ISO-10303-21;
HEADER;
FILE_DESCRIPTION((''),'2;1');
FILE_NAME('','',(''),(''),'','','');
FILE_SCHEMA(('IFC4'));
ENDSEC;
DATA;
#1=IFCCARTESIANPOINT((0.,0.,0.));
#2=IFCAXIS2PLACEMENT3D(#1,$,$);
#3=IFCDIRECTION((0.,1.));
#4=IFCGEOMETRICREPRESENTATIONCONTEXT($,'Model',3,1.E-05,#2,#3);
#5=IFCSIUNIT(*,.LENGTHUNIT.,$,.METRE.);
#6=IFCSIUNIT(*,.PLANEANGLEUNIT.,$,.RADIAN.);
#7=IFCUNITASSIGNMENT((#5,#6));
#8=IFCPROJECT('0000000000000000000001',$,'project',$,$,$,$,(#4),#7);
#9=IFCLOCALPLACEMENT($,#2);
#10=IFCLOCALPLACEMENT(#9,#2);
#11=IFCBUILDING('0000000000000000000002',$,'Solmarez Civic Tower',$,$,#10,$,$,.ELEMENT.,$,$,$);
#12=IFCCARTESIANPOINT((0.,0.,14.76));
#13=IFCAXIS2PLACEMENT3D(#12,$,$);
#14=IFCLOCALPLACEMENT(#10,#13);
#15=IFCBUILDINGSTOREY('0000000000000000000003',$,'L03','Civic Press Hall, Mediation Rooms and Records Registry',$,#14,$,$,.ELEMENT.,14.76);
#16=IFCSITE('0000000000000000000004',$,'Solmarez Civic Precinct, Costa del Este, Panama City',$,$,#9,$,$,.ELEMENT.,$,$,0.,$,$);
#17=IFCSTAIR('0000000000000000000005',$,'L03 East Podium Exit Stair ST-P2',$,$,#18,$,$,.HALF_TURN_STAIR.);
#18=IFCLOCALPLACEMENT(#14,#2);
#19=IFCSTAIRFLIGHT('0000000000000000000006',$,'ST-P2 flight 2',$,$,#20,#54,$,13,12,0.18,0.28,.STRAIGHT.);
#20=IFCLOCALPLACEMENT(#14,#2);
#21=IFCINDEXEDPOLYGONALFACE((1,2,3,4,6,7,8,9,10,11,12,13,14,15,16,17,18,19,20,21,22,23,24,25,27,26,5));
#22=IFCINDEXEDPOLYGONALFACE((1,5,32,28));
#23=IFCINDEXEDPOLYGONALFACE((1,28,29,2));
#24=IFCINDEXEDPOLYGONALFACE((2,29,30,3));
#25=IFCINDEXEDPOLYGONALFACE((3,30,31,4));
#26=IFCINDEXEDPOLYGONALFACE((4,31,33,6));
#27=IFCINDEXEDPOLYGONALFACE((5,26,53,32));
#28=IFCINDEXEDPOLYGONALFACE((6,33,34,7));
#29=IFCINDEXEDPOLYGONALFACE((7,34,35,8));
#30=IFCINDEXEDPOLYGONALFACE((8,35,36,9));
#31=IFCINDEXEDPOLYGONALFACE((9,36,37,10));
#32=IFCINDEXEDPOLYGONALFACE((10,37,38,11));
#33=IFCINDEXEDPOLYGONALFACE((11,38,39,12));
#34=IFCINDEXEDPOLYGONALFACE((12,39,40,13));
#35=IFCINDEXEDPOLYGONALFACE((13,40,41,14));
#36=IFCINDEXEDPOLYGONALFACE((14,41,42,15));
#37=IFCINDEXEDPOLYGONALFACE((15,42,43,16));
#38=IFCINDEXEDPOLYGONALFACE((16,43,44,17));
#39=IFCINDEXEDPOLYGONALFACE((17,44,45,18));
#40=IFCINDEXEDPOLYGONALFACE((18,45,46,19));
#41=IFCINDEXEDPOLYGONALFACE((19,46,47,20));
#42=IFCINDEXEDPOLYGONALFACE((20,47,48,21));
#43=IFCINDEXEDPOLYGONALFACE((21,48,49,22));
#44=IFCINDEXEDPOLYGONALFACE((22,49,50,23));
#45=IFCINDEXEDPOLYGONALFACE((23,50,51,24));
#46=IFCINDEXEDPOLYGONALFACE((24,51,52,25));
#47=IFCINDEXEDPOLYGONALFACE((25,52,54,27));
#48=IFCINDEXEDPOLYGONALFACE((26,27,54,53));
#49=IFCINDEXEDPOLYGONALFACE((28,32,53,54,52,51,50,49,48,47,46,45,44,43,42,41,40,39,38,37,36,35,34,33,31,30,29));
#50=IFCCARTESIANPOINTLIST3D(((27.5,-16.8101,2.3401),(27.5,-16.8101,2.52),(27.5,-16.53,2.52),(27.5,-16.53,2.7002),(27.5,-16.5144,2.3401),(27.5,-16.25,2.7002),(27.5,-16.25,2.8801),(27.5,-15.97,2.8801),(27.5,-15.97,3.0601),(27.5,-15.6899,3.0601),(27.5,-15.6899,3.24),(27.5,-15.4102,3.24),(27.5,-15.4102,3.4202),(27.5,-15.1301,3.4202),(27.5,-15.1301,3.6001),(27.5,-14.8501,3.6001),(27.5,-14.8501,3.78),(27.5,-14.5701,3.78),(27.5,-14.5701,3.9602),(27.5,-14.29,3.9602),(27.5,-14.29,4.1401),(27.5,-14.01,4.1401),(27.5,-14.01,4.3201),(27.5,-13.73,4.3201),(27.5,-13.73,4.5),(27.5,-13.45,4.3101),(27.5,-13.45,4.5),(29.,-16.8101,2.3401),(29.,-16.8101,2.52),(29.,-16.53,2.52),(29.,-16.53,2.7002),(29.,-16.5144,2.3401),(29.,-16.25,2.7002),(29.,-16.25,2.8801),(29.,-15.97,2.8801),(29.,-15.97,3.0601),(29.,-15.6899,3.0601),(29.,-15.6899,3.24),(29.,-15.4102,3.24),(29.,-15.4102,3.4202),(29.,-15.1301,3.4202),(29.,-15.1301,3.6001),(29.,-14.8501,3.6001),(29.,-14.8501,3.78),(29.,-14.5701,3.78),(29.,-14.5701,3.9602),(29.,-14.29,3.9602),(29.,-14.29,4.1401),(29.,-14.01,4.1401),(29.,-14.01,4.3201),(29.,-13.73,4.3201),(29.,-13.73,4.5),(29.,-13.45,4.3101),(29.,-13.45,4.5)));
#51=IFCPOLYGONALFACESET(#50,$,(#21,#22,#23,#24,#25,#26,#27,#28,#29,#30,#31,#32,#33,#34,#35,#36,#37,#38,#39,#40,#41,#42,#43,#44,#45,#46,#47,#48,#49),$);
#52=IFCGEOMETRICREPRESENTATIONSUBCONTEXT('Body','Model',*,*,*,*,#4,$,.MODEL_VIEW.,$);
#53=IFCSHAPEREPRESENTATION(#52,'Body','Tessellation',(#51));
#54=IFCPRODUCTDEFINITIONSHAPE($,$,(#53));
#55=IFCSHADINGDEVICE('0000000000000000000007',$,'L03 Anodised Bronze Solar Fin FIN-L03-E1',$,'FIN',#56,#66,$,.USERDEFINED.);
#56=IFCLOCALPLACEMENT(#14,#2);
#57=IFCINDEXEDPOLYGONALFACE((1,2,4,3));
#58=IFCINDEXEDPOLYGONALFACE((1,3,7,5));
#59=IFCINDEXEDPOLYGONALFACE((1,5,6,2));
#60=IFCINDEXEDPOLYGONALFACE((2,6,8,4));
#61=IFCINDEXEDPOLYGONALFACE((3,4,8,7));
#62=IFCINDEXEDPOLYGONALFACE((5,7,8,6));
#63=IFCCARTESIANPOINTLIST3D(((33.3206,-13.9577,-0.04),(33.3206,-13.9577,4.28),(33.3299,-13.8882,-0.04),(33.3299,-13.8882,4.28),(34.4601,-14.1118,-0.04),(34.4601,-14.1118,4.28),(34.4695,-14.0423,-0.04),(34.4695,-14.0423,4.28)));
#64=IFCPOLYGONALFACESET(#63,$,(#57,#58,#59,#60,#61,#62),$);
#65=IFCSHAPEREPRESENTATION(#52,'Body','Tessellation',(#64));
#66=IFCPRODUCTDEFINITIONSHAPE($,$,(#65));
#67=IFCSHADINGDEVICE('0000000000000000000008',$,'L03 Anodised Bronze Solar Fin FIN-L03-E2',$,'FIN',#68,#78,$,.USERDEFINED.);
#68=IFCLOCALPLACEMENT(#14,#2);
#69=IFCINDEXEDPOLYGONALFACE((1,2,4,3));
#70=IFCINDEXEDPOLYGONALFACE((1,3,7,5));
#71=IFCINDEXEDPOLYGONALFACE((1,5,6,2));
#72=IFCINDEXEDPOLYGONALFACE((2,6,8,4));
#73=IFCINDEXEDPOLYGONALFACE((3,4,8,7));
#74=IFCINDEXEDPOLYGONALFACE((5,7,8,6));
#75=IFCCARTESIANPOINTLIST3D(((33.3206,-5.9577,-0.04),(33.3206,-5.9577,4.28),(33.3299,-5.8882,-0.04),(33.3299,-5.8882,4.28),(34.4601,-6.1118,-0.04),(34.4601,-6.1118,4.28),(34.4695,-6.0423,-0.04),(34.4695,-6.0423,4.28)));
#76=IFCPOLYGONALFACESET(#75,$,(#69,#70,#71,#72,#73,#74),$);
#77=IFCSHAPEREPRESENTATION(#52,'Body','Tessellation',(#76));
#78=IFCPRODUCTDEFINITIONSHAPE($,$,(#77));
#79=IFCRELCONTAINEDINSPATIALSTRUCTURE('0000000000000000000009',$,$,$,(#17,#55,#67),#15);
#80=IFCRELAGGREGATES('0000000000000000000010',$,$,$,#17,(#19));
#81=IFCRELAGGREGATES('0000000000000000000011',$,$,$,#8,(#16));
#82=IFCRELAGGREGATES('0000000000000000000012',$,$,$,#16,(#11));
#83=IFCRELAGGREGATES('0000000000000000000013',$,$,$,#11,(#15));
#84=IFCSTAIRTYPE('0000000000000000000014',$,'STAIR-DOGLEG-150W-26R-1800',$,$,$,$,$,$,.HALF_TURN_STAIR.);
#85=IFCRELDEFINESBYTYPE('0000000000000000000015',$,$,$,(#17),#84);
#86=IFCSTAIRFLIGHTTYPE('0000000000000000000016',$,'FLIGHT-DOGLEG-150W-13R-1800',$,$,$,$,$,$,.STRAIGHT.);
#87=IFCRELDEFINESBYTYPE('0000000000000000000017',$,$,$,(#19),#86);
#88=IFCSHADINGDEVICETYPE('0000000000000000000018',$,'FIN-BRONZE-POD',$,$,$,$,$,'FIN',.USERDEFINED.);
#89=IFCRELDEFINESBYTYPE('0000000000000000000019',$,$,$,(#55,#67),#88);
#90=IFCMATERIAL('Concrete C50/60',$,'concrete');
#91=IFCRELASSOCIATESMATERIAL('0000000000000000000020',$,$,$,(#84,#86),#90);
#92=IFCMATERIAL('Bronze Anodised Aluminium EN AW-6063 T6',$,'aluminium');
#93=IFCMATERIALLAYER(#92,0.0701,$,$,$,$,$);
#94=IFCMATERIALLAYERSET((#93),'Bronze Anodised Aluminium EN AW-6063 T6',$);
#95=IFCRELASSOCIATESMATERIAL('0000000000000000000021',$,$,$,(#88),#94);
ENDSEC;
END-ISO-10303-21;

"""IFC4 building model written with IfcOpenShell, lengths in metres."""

from ifc_helpers import new_model, si_unit, direction, frame, origin, origin_2d, place, context, subcontext, project, spatial, polyline, rectangle, outline, extrude, material, layer, layer_set, type_object, element, aggregate, save


model = new_model("IFC4")

# Units and contexts
model_context = context("Model", 3, precision=1e-05, world=origin(), true_north=direction((0.0, 1.0)))
body_context = subcontext(model_context, "Body", "Model", "MODEL_VIEW")
ifc_project = project(units=[si_unit("LENGTHUNIT", "METRE"), si_unit("PLANEANGLEUNIT", "RADIAN")], contexts=[model_context])

# Site, building, storey
site_placement = place(None, origin())
site = spatial("IfcSite", under=ifc_project, at=site_placement, Name="Solmarez Civic Precinct, Costa del Este, Panama City", CompositionType="ELEMENT", RefElevation=0.0)
building_placement = place(site_placement, origin())
building = spatial("IfcBuilding", under=site, at=building_placement, Name="Solmarez Civic Tower", CompositionType="ELEMENT")
storey_placement = place(building_placement, frame((0.0, 0.0, 14.76)))
storey = spatial("IfcBuildingStorey", under=building, at=storey_placement, Name="L03", Description="Civic Press Hall, Mediation Rooms and Records Registry", CompositionType="ELEMENT", Elevation=14.76)

# Shared definitions
ifc_material_1 = material(Name="Concrete C50/60", Category="concrete")

# Stair, stair flight
stair_type = type_object("IfcStairType", Name="STAIR-DOGLEG-150W-26R-1800", PredefinedType="HALF_TURN_STAIR", material=ifc_material_1)
stair_placement = place(storey_placement, origin())
stair = element("IfcStair", 1, at=stair_placement, inside=storey, type_object=stair_type, Name="L03 East Podium Exit Stair ST-P2", PredefinedType="HALF_TURN_STAIR")
stair_flight_type = type_object("IfcStairFlightType", Name="FLIGHT-DOGLEG-150W-13R-1800", PredefinedType="STRAIGHT", material=ifc_material_1)
stair_flight_placement = place(storey_placement, frame((28.25, -16.8101, 2.3401), z_axis=(0.0, 0.0, 1.0), x_axis=(0.0, 1.0, 0.0)))
stair_flight = element("IfcStairFlight", 2, at=stair_flight_placement, type_object=stair_flight_type, Name="ST-P2 flight 2", NumberOfRisers=13, NumberOfTreads=12, PredefinedType="STRAIGHT", RiserHeight=0.18, TreadLength=0.28, context=body_context, shape_type="SweptSolid", body=[
    extrude(outline(polyline([(0.0, 0.0), (0.0, 0.1799), (0.28, 0.1799), (0.28, 0.3601), (0.5601, 0.3601), (0.5601, 0.54), (0.8401, 0.54), (0.8401, 0.72), (1.1201, 0.72), (1.1201, 0.8999), (1.3999, 0.8999), (1.3999, 1.0801), (1.6799, 1.0801), (1.6799, 1.26), (1.96, 1.26), (1.96, 1.4399), (2.24, 1.4399), (2.24, 1.6201), (2.52, 1.6201), (2.52, 1.8), (2.8, 1.8), (2.8, 1.98), (3.0801, 1.98), (3.0801, 2.1599), (3.3601, 2.1599), (3.3601, 2.3401), (3.3601, 1.97), (0.2957, 0.0), (0.0, 0.0)])), frame((0.0, 0.75, 0.0), z_axis=(0.0, -1.0, 0.0), x_axis=(1.0, 0.0, 0.0)), (0.0, 0.0, 1.0), 1.5),
])
aggregate(stair, [stair_flight])

# Shading devices
ifc_material_2 = material(Name="Bronze Anodised Aluminium EN AW-6063 T6", Category="aluminium")
ifc_layer_1 = layer(ifc_material_2, 0.0701)
ifc_layer_set_1 = layer_set([ifc_layer_1], Name="Bronze Anodised Aluminium EN AW-6063 T6")
shading_device_type = type_object("IfcShadingDeviceType", Name="FIN-BRONZE-POD", ElementType="FIN", PredefinedType="USERDEFINED", material=ifc_layer_set_1)
for number, where, z_axis, x_axis, name in (
    (3, (33.895, -14.0, -0.04), (0.0, 0.0, 1.0), (0.990983, -0.133986, 0.0), "L03 Anodised Bronze Solar Fin FIN-L03-E1"),
    (4, (33.895, -6.0, -0.04), (0.0, 0.0, 1.0), (0.990983, -0.133986, 0.0), "L03 Anodised Bronze Solar Fin FIN-L03-E2"),
):
    element("IfcShadingDevice", number, at=place(storey_placement, frame(where, z_axis=z_axis, x_axis=x_axis)), inside=storey, type_object=shading_device_type, Name=name, ObjectType="FIN", PredefinedType="USERDEFINED", context=body_context, shape_type="SweptSolid", body=[
        extrude(rectangle(XDim=1.1499, YDim=0.0701, at=origin_2d()), origin(), (0.0, 0.0, 1.0), 4.3201),
    ])

save(model, "model.ifc")
